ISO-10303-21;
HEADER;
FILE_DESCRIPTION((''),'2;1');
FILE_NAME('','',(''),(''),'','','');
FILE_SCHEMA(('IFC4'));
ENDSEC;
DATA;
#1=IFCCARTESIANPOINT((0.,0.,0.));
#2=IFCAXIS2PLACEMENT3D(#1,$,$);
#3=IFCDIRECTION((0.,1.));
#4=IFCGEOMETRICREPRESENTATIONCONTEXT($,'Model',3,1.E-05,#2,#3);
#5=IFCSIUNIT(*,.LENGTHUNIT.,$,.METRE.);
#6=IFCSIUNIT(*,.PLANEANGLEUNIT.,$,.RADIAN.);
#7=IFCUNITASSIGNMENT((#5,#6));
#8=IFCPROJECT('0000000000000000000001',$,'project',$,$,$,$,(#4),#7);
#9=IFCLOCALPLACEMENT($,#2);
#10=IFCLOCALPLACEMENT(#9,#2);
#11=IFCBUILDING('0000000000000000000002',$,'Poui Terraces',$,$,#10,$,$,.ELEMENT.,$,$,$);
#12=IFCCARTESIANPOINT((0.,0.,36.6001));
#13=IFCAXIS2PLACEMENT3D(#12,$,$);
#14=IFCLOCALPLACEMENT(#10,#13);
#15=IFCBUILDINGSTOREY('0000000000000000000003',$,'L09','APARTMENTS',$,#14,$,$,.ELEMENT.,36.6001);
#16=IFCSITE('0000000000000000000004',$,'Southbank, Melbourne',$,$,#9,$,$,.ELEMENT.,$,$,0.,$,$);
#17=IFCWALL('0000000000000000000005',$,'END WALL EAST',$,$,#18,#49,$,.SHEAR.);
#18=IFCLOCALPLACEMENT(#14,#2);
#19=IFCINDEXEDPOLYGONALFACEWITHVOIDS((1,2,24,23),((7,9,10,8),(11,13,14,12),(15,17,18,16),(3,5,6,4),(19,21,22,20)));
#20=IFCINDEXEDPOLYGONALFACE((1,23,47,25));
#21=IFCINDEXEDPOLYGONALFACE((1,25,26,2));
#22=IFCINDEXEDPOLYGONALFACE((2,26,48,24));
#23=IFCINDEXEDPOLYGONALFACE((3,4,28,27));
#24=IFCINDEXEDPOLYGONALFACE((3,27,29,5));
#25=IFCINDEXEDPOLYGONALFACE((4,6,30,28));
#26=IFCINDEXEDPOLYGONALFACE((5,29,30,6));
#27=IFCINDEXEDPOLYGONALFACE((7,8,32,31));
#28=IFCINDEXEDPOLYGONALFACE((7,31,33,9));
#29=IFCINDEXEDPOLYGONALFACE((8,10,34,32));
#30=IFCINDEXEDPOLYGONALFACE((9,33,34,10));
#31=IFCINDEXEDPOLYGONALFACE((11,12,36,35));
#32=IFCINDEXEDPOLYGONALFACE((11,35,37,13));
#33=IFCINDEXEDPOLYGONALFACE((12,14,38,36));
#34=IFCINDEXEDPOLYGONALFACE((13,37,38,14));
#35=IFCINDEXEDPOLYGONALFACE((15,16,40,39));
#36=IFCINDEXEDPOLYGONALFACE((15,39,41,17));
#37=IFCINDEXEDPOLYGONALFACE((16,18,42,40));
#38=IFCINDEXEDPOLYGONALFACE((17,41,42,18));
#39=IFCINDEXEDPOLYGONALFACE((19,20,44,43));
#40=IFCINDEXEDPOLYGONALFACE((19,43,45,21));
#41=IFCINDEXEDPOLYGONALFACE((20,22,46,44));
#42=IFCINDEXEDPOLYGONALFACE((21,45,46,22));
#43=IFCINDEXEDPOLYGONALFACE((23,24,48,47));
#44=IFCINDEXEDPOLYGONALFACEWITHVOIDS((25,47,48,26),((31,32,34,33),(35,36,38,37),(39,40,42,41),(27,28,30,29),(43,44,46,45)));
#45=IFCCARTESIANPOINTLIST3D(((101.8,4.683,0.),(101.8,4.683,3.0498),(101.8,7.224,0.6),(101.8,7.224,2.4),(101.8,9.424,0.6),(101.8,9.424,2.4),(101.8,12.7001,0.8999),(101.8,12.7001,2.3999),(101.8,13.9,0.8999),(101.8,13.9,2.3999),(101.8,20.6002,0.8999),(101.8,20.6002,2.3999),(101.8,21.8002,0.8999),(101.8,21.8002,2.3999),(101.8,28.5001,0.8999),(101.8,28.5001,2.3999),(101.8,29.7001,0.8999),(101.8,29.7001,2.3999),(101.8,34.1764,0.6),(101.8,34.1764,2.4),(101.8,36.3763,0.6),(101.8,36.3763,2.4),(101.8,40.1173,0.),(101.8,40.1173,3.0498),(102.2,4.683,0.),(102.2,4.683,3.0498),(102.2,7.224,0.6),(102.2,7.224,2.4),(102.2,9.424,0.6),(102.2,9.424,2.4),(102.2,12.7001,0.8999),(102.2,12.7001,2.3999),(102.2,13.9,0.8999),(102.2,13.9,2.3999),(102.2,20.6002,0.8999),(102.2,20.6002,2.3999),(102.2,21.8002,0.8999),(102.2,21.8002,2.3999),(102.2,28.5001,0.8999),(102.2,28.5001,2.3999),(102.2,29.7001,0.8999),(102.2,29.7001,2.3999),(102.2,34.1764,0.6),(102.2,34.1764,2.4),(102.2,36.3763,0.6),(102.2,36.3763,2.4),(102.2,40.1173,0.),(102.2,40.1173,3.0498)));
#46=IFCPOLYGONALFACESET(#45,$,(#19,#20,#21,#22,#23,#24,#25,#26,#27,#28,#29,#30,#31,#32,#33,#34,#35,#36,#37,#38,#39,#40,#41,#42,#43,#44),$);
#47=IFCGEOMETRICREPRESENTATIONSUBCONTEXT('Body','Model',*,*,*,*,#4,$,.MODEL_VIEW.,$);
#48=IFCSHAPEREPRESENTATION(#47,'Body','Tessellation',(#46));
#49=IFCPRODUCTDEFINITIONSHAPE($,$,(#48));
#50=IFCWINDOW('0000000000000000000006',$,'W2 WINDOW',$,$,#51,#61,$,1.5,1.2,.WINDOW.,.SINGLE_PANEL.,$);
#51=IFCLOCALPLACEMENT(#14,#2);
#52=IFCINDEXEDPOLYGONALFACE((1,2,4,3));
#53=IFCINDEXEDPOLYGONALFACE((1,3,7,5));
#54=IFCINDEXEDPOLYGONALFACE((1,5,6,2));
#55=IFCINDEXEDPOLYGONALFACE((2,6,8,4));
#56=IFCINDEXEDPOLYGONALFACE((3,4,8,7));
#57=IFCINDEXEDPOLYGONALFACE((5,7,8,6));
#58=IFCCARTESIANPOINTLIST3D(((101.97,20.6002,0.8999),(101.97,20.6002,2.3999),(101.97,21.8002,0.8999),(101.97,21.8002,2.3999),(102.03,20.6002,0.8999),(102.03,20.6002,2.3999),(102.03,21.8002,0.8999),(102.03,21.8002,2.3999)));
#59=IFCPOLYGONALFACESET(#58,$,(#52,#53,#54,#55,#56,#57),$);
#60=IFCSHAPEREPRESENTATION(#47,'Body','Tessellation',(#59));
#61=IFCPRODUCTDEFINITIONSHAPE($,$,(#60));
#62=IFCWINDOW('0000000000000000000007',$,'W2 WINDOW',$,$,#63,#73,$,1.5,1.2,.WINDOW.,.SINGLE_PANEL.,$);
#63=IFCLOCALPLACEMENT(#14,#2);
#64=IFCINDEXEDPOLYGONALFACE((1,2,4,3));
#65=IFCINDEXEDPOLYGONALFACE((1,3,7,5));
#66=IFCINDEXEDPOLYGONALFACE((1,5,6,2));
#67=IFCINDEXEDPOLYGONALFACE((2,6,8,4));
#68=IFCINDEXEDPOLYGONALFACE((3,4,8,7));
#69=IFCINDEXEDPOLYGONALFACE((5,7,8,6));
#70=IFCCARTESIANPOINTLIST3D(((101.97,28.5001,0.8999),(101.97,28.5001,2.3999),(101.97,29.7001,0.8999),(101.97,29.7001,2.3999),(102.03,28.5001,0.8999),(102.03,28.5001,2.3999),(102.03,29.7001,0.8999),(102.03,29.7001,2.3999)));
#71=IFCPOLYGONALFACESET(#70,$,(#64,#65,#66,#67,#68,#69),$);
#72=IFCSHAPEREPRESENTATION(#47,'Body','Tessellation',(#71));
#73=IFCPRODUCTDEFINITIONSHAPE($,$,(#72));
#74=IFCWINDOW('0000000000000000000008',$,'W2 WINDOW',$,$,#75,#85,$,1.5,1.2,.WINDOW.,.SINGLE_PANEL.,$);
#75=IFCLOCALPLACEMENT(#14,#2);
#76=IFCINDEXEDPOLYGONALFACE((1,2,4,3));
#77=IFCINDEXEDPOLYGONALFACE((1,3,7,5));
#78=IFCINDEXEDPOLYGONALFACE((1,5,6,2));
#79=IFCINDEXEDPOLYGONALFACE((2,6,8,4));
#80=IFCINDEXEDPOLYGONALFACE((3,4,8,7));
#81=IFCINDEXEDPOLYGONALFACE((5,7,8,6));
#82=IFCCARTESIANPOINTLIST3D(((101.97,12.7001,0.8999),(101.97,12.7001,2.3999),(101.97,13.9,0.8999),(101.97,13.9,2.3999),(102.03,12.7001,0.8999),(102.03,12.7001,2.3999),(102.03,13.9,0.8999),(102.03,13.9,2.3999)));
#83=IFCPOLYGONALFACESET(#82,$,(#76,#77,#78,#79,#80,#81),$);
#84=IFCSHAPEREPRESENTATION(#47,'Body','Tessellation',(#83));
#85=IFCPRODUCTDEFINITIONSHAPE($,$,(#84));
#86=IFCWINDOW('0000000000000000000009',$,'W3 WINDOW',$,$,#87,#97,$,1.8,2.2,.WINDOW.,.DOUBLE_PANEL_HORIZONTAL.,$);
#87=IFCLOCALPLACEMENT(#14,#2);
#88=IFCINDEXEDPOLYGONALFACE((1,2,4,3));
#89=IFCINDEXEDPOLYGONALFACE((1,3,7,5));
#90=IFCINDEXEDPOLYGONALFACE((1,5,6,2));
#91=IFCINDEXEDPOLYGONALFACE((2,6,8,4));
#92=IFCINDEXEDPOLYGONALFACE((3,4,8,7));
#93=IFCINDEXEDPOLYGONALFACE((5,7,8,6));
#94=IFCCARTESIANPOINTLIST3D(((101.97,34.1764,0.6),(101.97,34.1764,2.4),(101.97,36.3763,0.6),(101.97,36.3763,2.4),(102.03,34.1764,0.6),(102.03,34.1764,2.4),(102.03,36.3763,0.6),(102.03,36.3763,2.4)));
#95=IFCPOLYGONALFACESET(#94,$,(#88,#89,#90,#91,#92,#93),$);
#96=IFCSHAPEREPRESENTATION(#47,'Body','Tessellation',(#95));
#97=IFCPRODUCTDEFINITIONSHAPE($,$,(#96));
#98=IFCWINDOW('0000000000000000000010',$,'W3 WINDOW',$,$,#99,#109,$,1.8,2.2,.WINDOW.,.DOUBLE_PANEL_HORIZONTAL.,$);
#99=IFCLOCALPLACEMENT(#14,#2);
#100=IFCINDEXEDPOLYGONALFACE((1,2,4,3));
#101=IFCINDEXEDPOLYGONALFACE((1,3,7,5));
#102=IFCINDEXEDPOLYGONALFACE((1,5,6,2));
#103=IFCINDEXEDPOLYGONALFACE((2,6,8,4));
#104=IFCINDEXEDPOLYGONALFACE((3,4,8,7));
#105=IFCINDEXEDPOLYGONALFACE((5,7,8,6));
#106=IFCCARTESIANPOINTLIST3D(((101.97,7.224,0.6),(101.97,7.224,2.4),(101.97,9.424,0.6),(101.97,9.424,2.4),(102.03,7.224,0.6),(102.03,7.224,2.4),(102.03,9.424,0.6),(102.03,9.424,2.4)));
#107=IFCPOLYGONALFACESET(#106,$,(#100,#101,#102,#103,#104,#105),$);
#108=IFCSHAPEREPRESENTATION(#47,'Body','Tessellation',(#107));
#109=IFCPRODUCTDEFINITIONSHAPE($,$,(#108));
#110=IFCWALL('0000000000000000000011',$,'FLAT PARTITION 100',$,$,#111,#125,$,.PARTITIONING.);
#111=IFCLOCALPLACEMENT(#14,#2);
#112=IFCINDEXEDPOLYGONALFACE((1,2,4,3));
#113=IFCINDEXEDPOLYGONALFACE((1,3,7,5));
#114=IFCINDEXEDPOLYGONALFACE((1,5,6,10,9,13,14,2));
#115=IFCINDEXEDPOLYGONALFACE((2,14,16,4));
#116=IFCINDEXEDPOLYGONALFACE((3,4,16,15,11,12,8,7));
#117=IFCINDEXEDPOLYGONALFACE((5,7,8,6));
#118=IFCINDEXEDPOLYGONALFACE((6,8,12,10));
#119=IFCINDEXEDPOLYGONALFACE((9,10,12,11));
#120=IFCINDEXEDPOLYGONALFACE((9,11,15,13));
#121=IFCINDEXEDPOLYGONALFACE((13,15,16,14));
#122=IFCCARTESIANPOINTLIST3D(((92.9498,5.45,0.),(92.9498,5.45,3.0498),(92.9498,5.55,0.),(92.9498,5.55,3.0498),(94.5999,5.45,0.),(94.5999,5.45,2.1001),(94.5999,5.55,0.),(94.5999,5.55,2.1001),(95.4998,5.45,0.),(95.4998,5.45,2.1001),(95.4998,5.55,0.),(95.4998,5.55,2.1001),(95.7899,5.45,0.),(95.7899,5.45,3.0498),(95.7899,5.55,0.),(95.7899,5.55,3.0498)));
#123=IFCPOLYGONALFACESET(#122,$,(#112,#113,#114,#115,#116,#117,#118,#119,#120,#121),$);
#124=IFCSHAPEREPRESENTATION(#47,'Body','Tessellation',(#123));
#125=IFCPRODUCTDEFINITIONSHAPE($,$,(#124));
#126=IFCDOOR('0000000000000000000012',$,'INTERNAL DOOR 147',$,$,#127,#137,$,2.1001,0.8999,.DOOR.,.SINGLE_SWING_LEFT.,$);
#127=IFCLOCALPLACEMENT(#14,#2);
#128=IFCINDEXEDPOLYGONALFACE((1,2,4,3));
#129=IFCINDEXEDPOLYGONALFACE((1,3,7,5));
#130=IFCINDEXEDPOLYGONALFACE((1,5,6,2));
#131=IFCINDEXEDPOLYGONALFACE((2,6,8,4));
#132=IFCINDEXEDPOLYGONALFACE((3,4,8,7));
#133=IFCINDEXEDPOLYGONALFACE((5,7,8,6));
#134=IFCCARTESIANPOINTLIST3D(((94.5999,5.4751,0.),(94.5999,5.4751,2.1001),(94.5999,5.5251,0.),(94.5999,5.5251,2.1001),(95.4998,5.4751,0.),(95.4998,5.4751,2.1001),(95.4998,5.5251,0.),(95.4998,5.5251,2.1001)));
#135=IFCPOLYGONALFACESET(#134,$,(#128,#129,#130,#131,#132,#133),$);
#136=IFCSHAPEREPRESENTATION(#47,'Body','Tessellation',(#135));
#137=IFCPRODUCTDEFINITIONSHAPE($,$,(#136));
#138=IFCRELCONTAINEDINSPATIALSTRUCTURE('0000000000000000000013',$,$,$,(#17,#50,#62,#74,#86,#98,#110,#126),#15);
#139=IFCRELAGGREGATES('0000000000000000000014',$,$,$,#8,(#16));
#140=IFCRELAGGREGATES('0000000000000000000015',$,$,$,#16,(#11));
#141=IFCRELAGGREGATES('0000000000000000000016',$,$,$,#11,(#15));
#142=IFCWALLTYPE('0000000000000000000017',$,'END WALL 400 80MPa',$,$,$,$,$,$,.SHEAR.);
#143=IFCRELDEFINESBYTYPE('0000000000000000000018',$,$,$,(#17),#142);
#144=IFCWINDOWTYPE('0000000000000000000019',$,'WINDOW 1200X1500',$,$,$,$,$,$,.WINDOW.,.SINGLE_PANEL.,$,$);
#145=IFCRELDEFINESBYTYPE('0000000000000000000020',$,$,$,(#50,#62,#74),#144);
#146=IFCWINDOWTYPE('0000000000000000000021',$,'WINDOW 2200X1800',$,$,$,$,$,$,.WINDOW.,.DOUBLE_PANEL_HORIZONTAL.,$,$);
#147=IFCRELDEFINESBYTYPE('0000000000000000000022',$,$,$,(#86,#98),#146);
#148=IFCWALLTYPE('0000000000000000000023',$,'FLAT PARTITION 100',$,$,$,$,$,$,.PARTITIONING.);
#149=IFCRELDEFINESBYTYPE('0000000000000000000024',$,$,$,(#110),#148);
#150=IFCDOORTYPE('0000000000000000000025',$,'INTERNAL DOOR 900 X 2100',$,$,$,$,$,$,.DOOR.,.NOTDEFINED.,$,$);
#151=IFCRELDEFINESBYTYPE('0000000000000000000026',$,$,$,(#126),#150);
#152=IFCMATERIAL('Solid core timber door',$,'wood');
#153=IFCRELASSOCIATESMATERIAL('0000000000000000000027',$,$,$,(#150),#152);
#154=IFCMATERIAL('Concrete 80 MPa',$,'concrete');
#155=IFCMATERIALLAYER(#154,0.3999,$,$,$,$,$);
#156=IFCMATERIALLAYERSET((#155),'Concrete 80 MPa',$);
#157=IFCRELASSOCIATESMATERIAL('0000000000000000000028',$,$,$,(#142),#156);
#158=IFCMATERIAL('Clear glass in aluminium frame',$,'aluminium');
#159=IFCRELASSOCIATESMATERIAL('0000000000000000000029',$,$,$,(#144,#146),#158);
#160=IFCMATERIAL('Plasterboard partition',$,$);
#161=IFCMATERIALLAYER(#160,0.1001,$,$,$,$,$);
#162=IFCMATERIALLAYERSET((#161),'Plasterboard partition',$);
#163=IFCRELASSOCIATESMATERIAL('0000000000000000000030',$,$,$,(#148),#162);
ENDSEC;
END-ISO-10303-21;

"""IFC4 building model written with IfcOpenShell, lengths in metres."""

from ifc_helpers import new_model, si_unit, direction, frame, frame_2d, origin, place, context, subcontext, project, spatial, rectangle, extrude, material, layer, layer_set, type_object, element, fill, save


model = new_model("IFC4")

# Units and contexts
model_context = context("Model", 3, precision=1e-05, world=origin(), true_north=direction((0.0, 1.0)))
body_context = subcontext(model_context, "Body", "Model", "MODEL_VIEW")
ifc_project = project(units=[si_unit("LENGTHUNIT", "METRE"), si_unit("PLANEANGLEUNIT", "RADIAN")], contexts=[model_context])

# Site, building, storey
site_placement = place(None, origin())
site = spatial("IfcSite", under=ifc_project, at=site_placement, Name="Southbank, Melbourne", CompositionType="ELEMENT", RefElevation=0.0)
building_placement = place(site_placement, origin())
building = spatial("IfcBuilding", under=site, at=building_placement, Name="Poui Terraces", CompositionType="ELEMENT")
storey_placement = place(building_placement, frame((0.0, 0.0, 36.6001)))
storey = spatial("IfcBuildingStorey", under=building, at=storey_placement, Name="L09", Description="APARTMENTS", CompositionType="ELEMENT", Elevation=36.6001)

# Shared definitions
ifc_material_1 = material(Name="Concrete 80 MPa", Category="concrete")
ifc_material_2 = material(Name="Solid core timber door", Category="wood")
door_type_1 = type_object("IfcDoorType", Name="INTERNAL DOOR 900 X 2100", OperationType="NOTDEFINED", PredefinedType="DOOR", material=ifc_material_2)

# Wall, openings, windows
ifc_layer_1 = layer(ifc_material_1, 0.3999)
ifc_layer_set_1 = layer_set([ifc_layer_1], Name="Concrete 80 MPa")
wall_type_1 = type_object("IfcWallType", Name="END WALL 400 80MPa", PredefinedType="SHEAR", material=ifc_layer_set_1)
wall_1_placement = place(storey_placement, frame((102.0, 4.6829, 0.0), z_axis=(0.0, 0.0, 1.0), x_axis=(0.0, 1.0, 0.0)))
wall_1 = element("IfcWall", 1, at=wall_1_placement, inside=storey, type_object=wall_type_1, Name="END WALL EAST", PredefinedType="SHEAR", context=body_context, shape_type="SweptSolid", body=[
    extrude(rectangle(XDim=35.4343, YDim=0.3999, at=frame_2d((17.7173, 0.0))), origin(), (0.0, 0.0, 1.0), 3.0498),
])
opening_1_placement = place(wall_1_placement, frame((15.9172, 0.0, 0.8999)))
opening_1 = element("IfcOpeningElement", 2, at=opening_1_placement, cuts=wall_1, PredefinedType="OPENING", context=body_context, shape_type="SweptSolid", body=[
    extrude(rectangle(XDim=1.2, YDim=1.5, at=frame_2d((0.6001, 0.75))), frame((0.0, 0.21, 0.0), z_axis=(0.0, -1.0, 0.0), x_axis=(1.0, 0.0, 0.0)), (0.0, 0.0, 1.0), 0.4199),
])
opening_2_placement = place(wall_1_placement, frame((23.8171, 0.0, 0.8999)))
opening_2 = element("IfcOpeningElement", 3, at=opening_2_placement, cuts=wall_1, PredefinedType="OPENING", context=body_context, shape_type="SweptSolid", body=[
    extrude(rectangle(XDim=1.2, YDim=1.5, at=frame_2d((0.6001, 0.75))), frame((0.0, 0.21, 0.0), z_axis=(0.0, -1.0, 0.0), x_axis=(1.0, 0.0, 0.0)), (0.0, 0.0, 1.0), 0.4199),
])
opening_3_placement = place(wall_1_placement, frame((8.0171, 0.0, 0.8999)))
opening_3 = element("IfcOpeningElement", 4, at=opening_3_placement, cuts=wall_1, PredefinedType="OPENING", context=body_context, shape_type="SweptSolid", body=[
    extrude(rectangle(XDim=1.2, YDim=1.5, at=frame_2d((0.6001, 0.75))), frame((0.0, 0.21, 0.0), z_axis=(0.0, -1.0, 0.0), x_axis=(1.0, 0.0, 0.0)), (0.0, 0.0, 1.0), 0.4199),
])
opening_4_placement = place(wall_1_placement, frame((29.4934, 0.0, 0.6001)))
opening_4 = element("IfcOpeningElement", 5, at=opening_4_placement, cuts=wall_1, PredefinedType="OPENING", context=body_context, shape_type="SweptSolid", body=[
    extrude(rectangle(XDim=2.2, YDim=1.8, at=frame_2d((1.1001, 0.8999))), frame((0.0, 0.21, 0.0), z_axis=(0.0, -1.0, 0.0), x_axis=(1.0, 0.0, 0.0)), (0.0, 0.0, 1.0), 0.4199),
])
opening_5_placement = place(wall_1_placement, frame((2.541, 0.0, 0.6001)))
opening_5 = element("IfcOpeningElement", 6, at=opening_5_placement, cuts=wall_1, PredefinedType="OPENING", context=body_context, shape_type="SweptSolid", body=[
    extrude(rectangle(XDim=2.2, YDim=1.8, at=frame_2d((1.1001, 0.8999))), frame((0.0, 0.21, 0.0), z_axis=(0.0, -1.0, 0.0), x_axis=(1.0, 0.0, 0.0)), (0.0, 0.0, 1.0), 0.4199),
])
ifc_material_3 = material(Name="Clear glass in aluminium frame", Category="aluminium")
window_type_1 = type_object("IfcWindowType", Name="WINDOW 1200X1500", PartitioningType="SINGLE_PANEL", PredefinedType="WINDOW", material=ifc_material_3)
window_1_placement = place(opening_1_placement, origin())
window_1 = element("IfcWindow", 7, at=window_1_placement, inside=storey, type_object=window_type_1, Name="W2 WINDOW", OverallHeight=1.5, OverallWidth=1.2, PartitioningType="SINGLE_PANEL", PredefinedType="WINDOW", context=body_context, shape_type="SweptSolid", body=[
    extrude(rectangle(XDim=1.2, YDim=1.5, at=frame_2d((0.6001, 0.75))), frame((0.0, 0.03, 0.0), z_axis=(0.0, -1.0, 0.0), x_axis=(1.0, 0.0, 0.0)), (0.0, 0.0, 1.0), 0.0601),
])
fill(opening_1, window_1)
window_2_placement = place(opening_2_placement, origin())
window_2 = element("IfcWindow", 8, at=window_2_placement, inside=storey, type_object=window_type_1, Name="W2 WINDOW", OverallHeight=1.5, OverallWidth=1.2, PartitioningType="SINGLE_PANEL", PredefinedType="WINDOW", context=body_context, shape_type="SweptSolid", body=[
    extrude(rectangle(XDim=1.2, YDim=1.5, at=frame_2d((0.6001, 0.75))), frame((0.0, 0.03, 0.0), z_axis=(0.0, -1.0, 0.0), x_axis=(1.0, 0.0, 0.0)), (0.0, 0.0, 1.0), 0.0601),
])
fill(opening_2, window_2)
window_3_placement = place(opening_3_placement, origin())
window_3 = element("IfcWindow", 9, at=window_3_placement, inside=storey, type_object=window_type_1, Name="W2 WINDOW", OverallHeight=1.5, OverallWidth=1.2, PartitioningType="SINGLE_PANEL", PredefinedType="WINDOW", context=body_context, shape_type="SweptSolid", body=[
    extrude(rectangle(XDim=1.2, YDim=1.5, at=frame_2d((0.6001, 0.75))), frame((0.0, 0.03, 0.0), z_axis=(0.0, -1.0, 0.0), x_axis=(1.0, 0.0, 0.0)), (0.0, 0.0, 1.0), 0.0601),
])
fill(opening_3, window_3)
window_type_2 = type_object("IfcWindowType", Name="WINDOW 2200X1800", PartitioningType="DOUBLE_PANEL_HORIZONTAL", PredefinedType="WINDOW", material=ifc_material_3)
window_4_placement = place(opening_4_placement, origin())
window_4 = element("IfcWindow", 10, at=window_4_placement, inside=storey, type_object=window_type_2, Name="W3 WINDOW", OverallHeight=1.8, OverallWidth=2.2, PartitioningType="DOUBLE_PANEL_HORIZONTAL", PredefinedType="WINDOW", context=body_context, shape_type="SweptSolid", body=[
    extrude(rectangle(XDim=2.2, YDim=1.8, at=frame_2d((1.1001, 0.8999))), frame((0.0, 0.03, 0.0), z_axis=(0.0, -1.0, 0.0), x_axis=(1.0, 0.0, 0.0)), (0.0, 0.0, 1.0), 0.0601),
])
fill(opening_4, window_4)
window_5_placement = place(opening_5_placement, origin())
window_5 = element("IfcWindow", 11, at=window_5_placement, inside=storey, type_object=window_type_2, Name="W3 WINDOW", OverallHeight=1.8, OverallWidth=2.2, PartitioningType="DOUBLE_PANEL_HORIZONTAL", PredefinedType="WINDOW", context=body_context, shape_type="SweptSolid", body=[
    extrude(rectangle(XDim=2.2, YDim=1.8, at=frame_2d((1.1001, 0.8999))), frame((0.0, 0.03, 0.0), z_axis=(0.0, -1.0, 0.0), x_axis=(1.0, 0.0, 0.0)), (0.0, 0.0, 1.0), 0.0601),
])
fill(opening_5, window_5)

# Wall, opening, door
ifc_material_4 = material(Name="Plasterboard partition")
ifc_layer_2 = layer(ifc_material_4, 0.1001)
ifc_layer_set_2 = layer_set([ifc_layer_2], Name="Plasterboard partition")
wall_type_2 = type_object("IfcWallType", Name="FLAT PARTITION 100", PredefinedType="PARTITIONING", material=ifc_layer_set_2)
wall_2_placement = place(storey_placement, frame((92.95, 5.5, 0.0), z_axis=(0.0, 0.0, 1.0), x_axis=(1.0, 0.0, 0.0)))
wall_2 = element("IfcWall", 12, at=wall_2_placement, inside=storey, type_object=wall_type_2, Name="FLAT PARTITION 100", PredefinedType="PARTITIONING", context=body_context, shape_type="SweptSolid", body=[
    extrude(rectangle(XDim=2.8401, YDim=0.1001, at=frame_2d((1.4199, 0.0))), origin(), (0.0, 0.0, 1.0), 3.0498),
])
opening_6_placement = place(wall_2_placement, frame((1.6499, 0.0, 0.0)))
opening_6 = element("IfcOpeningElement", 13, at=opening_6_placement, cuts=wall_2, PredefinedType="OPENING", context=body_context, shape_type="SweptSolid", body=[
    extrude(rectangle(XDim=0.8999, YDim=2.1001, at=frame_2d((0.45, 1.05))), frame((0.0, 0.0601, 0.0), z_axis=(0.0, -1.0, 0.0), x_axis=(1.0, 0.0, 0.0)), (0.0, 0.0, 1.0), 0.1201),
])
door_1_placement = place(opening_6_placement, frame((0.8999, 0.0, 0.0), z_axis=(0.0, 0.0, 1.0), x_axis=(-1.0, 0.0, 0.0)))
door_1 = element("IfcDoor", 14, at=door_1_placement, inside=storey, type_object=door_type_1, Name="INTERNAL DOOR 147", OperationType="SINGLE_SWING_LEFT", OverallHeight=2.1001, OverallWidth=0.8999, PredefinedType="DOOR", context=body_context, shape_type="SweptSolid", body=[
    extrude(rectangle(XDim=0.8999, YDim=2.1001, at=frame_2d((0.45, 1.05))), frame((0.0, 0.0249, 0.0), z_axis=(0.0, -1.0, 0.0), x_axis=(1.0, 0.0, 0.0)), (0.0, 0.0, 1.0), 0.05),
])
fill(opening_6, door_1)

save(model, "model.ifc")
